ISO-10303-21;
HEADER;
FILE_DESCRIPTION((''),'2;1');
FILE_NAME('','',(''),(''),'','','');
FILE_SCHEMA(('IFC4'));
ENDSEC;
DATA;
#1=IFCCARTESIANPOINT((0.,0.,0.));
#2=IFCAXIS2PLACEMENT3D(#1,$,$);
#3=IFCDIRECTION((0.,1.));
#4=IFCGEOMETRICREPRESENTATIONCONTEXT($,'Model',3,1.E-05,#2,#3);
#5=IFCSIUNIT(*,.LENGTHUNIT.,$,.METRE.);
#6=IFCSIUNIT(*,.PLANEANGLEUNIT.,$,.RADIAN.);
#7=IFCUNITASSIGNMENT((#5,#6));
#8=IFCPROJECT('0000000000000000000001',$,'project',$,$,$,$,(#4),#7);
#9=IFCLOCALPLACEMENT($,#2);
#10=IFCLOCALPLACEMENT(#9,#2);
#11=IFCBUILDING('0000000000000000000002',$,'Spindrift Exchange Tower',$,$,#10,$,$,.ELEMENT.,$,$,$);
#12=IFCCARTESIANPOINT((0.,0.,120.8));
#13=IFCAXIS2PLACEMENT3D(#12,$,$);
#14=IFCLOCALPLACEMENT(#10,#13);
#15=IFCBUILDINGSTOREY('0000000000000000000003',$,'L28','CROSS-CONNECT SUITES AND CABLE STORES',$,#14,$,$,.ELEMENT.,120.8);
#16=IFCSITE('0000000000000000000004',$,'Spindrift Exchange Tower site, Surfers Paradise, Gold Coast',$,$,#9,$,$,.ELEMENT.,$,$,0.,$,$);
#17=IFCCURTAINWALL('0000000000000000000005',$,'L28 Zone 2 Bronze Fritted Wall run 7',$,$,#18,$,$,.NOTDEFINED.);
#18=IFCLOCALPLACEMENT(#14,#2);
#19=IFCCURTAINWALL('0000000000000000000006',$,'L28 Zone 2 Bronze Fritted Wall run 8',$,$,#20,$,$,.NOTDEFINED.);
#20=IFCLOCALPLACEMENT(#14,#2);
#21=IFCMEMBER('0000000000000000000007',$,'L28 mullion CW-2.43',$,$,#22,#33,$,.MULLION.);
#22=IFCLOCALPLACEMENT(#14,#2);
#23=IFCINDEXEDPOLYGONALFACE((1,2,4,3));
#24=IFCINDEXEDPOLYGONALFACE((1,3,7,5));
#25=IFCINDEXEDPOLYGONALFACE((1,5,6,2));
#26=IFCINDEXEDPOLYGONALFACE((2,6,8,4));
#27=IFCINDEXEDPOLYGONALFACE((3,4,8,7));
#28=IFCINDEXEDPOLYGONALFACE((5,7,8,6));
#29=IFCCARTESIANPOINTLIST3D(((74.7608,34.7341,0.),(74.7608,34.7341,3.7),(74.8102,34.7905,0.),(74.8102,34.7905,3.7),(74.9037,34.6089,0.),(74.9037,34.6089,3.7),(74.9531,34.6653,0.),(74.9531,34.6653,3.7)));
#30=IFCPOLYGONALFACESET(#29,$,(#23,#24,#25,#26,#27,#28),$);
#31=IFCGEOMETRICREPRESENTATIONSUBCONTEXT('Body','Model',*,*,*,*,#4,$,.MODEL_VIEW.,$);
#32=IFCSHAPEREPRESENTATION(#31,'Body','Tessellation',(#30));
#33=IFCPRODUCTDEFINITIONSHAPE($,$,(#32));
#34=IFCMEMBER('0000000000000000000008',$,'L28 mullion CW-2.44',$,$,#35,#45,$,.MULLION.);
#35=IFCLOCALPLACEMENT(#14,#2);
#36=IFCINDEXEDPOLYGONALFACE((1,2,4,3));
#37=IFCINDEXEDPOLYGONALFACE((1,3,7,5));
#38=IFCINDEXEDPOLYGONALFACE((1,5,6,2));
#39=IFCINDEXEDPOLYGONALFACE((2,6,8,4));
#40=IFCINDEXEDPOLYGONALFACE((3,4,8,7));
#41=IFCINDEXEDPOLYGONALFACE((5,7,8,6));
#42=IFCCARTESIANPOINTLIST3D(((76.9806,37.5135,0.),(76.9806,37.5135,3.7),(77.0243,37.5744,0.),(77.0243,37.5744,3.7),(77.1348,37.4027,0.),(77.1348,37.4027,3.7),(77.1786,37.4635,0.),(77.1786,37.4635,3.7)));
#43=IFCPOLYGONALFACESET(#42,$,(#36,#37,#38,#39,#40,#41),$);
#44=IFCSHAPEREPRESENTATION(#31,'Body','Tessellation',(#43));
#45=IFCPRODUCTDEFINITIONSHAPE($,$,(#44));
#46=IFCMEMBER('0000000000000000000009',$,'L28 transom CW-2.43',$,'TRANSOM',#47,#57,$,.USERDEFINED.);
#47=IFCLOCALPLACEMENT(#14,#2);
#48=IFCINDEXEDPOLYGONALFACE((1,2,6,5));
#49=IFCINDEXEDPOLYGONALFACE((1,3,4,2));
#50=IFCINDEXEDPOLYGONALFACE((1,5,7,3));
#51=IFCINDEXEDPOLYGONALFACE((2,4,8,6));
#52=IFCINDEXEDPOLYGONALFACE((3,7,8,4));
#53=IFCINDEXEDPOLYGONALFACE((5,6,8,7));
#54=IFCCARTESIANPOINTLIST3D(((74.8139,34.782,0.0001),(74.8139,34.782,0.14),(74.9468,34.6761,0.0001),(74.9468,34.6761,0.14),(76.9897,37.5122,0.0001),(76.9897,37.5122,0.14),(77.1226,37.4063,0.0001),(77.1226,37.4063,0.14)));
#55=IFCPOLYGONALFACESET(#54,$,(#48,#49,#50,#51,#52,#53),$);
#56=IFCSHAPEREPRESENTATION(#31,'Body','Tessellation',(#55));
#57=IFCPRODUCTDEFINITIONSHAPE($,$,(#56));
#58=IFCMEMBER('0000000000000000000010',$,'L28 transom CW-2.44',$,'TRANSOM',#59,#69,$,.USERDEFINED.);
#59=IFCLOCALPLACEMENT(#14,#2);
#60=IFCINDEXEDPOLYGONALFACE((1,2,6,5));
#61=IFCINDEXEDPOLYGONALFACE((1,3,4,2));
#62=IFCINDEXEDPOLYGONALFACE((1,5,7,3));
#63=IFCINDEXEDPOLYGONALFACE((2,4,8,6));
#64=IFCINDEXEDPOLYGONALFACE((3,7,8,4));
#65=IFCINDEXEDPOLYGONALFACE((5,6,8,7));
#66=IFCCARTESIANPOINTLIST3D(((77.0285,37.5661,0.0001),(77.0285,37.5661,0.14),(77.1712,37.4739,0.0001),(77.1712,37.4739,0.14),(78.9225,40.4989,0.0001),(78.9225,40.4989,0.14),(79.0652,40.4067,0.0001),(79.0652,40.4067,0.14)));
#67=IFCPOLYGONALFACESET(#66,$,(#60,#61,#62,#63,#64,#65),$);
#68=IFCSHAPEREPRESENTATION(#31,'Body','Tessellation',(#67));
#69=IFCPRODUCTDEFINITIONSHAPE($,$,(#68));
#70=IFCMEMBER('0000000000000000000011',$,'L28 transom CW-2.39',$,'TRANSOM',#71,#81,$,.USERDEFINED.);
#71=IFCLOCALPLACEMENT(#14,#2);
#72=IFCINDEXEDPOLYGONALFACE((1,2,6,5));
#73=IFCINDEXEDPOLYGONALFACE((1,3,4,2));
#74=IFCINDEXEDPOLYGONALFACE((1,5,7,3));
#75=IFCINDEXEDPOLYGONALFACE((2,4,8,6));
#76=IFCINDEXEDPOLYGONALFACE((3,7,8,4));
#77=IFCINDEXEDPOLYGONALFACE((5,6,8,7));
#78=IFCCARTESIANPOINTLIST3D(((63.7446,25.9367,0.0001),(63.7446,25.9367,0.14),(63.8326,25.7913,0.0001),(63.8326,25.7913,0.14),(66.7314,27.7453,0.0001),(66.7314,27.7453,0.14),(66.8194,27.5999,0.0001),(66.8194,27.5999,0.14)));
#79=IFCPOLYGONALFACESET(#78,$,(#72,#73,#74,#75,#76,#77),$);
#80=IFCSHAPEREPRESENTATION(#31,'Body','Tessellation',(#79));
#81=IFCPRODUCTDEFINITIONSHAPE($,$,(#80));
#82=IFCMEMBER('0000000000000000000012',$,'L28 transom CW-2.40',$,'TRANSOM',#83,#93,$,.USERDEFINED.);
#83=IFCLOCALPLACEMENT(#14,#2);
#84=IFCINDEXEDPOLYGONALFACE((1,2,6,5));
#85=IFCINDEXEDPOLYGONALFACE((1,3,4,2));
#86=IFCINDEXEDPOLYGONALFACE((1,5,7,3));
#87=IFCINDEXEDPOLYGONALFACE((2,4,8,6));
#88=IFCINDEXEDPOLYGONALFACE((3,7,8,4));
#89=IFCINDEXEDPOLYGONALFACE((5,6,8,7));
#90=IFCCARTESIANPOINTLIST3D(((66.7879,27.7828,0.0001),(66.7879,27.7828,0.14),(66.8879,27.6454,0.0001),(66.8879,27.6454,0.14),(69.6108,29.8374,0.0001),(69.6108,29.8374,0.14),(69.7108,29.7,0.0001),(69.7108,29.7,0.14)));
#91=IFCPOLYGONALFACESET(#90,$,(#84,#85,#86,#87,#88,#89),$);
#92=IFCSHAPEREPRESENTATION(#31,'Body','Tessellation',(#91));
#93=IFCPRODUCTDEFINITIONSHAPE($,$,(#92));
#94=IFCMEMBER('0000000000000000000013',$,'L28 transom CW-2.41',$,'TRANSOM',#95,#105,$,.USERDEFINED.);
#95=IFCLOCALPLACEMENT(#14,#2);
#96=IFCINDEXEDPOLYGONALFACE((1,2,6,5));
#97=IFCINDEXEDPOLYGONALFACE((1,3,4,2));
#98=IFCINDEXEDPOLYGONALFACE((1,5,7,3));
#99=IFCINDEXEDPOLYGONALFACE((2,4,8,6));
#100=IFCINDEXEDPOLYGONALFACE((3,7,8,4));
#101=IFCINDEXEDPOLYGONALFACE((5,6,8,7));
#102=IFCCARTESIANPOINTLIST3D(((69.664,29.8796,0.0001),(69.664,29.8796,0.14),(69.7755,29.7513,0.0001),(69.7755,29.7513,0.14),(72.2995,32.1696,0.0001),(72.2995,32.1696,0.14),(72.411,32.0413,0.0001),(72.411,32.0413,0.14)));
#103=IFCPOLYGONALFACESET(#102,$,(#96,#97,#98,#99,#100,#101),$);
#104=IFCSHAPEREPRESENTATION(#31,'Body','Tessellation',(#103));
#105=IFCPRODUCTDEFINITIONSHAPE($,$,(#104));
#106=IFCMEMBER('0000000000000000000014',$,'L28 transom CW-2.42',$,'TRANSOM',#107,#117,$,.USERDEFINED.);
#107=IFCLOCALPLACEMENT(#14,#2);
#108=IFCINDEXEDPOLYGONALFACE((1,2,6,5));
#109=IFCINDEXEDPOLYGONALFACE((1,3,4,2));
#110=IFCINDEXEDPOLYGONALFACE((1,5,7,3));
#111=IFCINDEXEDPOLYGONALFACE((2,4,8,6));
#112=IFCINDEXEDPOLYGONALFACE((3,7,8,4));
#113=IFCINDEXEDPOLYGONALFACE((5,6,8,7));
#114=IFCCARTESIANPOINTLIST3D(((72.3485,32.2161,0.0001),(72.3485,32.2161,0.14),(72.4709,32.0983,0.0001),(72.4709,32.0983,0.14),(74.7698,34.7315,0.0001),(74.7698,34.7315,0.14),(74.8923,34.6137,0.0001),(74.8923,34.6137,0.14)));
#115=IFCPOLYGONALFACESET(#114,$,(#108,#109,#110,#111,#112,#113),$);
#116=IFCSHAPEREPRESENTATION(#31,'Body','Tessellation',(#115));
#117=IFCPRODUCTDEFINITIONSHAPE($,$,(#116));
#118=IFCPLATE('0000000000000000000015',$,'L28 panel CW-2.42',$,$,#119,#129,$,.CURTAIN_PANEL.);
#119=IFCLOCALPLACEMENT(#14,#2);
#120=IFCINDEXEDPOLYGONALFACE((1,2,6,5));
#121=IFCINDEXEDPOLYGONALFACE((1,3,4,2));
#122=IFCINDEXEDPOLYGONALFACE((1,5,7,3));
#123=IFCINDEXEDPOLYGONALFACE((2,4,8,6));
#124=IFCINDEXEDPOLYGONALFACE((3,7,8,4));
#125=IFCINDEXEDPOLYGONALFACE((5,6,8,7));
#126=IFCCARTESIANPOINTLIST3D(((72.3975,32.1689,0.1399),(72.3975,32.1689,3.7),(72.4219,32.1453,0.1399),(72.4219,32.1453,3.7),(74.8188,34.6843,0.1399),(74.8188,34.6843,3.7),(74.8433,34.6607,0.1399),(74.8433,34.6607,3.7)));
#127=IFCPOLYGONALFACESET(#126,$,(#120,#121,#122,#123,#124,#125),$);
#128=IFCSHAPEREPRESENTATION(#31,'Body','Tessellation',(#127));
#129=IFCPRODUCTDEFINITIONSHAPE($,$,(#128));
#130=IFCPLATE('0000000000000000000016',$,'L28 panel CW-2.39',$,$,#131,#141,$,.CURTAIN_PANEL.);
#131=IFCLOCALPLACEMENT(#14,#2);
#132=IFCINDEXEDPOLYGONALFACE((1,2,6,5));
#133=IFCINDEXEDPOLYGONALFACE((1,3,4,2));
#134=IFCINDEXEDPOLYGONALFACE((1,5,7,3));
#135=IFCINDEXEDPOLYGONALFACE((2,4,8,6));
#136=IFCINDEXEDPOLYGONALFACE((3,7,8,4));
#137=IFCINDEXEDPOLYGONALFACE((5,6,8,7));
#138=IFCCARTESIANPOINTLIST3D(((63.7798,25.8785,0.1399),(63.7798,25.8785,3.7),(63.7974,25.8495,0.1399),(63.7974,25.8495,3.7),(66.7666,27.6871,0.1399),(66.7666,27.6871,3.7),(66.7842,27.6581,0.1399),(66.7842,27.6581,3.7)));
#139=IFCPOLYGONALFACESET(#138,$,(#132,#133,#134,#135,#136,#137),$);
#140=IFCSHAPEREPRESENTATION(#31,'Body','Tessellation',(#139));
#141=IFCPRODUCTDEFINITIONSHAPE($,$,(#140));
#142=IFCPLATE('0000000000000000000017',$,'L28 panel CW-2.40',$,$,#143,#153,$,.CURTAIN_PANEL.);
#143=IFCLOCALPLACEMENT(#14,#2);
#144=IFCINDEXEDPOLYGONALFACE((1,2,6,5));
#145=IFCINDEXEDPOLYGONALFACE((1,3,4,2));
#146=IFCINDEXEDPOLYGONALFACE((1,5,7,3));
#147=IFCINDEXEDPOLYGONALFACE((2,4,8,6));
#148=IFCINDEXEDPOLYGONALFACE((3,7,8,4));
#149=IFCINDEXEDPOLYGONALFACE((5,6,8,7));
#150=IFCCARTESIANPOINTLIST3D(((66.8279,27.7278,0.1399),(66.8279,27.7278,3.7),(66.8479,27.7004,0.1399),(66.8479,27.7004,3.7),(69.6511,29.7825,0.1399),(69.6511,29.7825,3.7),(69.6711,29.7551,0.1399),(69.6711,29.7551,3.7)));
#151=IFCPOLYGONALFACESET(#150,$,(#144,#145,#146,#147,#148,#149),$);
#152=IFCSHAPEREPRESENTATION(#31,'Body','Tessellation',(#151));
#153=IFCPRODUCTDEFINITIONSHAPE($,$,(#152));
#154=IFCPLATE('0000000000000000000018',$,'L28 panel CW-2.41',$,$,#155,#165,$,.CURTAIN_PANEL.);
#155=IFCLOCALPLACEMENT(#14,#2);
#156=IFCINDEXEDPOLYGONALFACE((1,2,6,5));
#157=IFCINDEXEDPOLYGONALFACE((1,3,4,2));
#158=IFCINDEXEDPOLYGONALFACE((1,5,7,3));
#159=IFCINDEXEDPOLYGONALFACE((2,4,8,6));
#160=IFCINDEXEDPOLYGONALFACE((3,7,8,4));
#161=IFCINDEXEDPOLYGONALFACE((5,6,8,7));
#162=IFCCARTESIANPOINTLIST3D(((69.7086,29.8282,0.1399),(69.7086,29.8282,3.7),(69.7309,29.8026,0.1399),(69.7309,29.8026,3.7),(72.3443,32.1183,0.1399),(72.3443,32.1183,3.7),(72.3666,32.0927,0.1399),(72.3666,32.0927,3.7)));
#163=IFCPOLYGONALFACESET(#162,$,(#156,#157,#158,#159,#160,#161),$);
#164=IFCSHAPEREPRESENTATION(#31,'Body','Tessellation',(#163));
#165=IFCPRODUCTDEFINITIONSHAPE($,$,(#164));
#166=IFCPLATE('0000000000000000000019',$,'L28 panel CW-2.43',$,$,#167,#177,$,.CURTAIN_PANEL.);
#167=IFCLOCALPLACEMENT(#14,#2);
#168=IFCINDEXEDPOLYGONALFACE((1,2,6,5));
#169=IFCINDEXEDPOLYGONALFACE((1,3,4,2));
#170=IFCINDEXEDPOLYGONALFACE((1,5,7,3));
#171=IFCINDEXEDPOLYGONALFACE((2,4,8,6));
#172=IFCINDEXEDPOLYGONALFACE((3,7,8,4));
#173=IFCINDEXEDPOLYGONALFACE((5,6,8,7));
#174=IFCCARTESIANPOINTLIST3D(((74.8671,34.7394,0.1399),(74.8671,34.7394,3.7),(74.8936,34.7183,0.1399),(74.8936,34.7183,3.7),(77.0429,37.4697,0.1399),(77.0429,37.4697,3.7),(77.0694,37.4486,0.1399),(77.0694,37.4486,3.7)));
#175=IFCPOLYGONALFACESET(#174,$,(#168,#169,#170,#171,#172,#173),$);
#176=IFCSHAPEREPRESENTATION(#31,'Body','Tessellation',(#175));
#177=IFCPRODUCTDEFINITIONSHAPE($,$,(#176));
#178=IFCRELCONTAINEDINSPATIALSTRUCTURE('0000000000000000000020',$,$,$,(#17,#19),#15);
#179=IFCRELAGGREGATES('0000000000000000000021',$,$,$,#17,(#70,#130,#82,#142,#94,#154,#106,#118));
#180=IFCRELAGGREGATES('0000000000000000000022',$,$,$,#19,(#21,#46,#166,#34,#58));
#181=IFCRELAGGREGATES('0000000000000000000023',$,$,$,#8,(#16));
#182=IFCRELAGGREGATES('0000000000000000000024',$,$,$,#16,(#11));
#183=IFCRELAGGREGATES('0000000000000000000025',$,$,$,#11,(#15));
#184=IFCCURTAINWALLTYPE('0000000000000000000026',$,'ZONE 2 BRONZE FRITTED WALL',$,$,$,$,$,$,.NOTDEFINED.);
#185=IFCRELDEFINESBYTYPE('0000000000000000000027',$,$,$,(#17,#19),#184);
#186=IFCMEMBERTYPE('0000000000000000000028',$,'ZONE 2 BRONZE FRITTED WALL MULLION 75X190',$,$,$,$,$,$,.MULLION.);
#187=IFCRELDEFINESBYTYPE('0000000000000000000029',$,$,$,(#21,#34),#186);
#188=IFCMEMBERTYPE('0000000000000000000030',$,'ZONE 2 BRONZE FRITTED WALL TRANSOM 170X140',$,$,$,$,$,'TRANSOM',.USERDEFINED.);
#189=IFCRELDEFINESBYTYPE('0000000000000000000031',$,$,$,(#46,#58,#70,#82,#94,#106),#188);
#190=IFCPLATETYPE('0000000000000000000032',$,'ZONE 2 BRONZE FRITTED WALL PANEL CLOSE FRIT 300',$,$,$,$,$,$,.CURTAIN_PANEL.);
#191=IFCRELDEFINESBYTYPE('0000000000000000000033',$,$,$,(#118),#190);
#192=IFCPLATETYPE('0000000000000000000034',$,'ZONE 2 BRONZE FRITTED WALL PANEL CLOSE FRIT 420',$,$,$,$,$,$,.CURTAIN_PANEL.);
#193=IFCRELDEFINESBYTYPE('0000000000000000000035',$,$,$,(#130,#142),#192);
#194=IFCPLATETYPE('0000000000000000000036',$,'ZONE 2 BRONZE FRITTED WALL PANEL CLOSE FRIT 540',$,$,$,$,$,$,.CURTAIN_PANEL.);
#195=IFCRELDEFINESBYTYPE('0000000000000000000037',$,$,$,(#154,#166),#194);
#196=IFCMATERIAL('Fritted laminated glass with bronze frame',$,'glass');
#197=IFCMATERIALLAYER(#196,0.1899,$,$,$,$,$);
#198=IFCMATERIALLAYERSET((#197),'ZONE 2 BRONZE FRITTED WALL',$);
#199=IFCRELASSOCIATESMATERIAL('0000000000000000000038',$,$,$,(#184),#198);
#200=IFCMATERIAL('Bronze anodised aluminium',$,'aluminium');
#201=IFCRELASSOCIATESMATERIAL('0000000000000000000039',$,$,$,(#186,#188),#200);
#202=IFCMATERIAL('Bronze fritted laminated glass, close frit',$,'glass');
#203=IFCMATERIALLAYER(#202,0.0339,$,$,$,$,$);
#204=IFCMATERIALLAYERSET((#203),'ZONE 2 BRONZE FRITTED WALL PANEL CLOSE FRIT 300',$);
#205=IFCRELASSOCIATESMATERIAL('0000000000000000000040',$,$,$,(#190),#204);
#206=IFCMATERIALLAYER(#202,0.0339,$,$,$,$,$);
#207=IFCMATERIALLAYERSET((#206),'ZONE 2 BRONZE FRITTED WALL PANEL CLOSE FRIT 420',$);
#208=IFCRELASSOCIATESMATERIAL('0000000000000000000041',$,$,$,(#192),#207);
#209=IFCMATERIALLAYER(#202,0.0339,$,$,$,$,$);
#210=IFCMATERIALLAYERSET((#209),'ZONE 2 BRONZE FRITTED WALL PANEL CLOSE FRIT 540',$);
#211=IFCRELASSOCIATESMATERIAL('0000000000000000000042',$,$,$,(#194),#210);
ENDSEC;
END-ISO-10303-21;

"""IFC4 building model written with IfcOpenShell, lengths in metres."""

from ifc_helpers import new_model, si_unit, direction, frame, origin, origin_2d, place, context, subcontext, project, spatial, rectangle, extrude, source, transform, mapped, material, layer, layer_set, material_profile, profile_set, type_object, element, aggregate, save


model = new_model("IFC4")

# Units and contexts
model_context = context("Model", 3, precision=1e-05, world=origin(), true_north=direction((0.0, 1.0)))
body_context = subcontext(model_context, "Body", "Model", "MODEL_VIEW")
ifc_project = project(units=[si_unit("LENGTHUNIT", "METRE"), si_unit("PLANEANGLEUNIT", "RADIAN")], contexts=[model_context])

# Site, building, storey
site_placement = place(None, origin())
site = spatial("IfcSite", under=ifc_project, at=site_placement, Name="Spindrift Exchange Tower site, Surfers Paradise, Gold Coast", CompositionType="ELEMENT", RefElevation=0.0)
building_placement = place(site_placement, origin())
building = spatial("IfcBuilding", under=site, at=building_placement, Name="Spindrift Exchange Tower", CompositionType="ELEMENT")
storey_placement = place(building_placement, frame((0.0, 0.0, 120.8)))
storey = spatial("IfcBuildingStorey", under=building, at=storey_placement, Name="L28", Description="CROSS-CONNECT SUITES AND CABLE STORES", CompositionType="ELEMENT", Elevation=120.8)

# Curtain walls, members
ifc_material_1 = material(Name="Fritted laminated glass with bronze frame", Category="glass")
ifc_layer_1 = layer(ifc_material_1, 0.1899)
ifc_layer_set_1 = layer_set([ifc_layer_1], Name="ZONE 2 BRONZE FRITTED WALL")
curtain_wall_type = type_object("IfcCurtainWallType", Name="ZONE 2 BRONZE FRITTED WALL", PredefinedType="NOTDEFINED", material=ifc_layer_set_1)
curtain_wall_1_placement = place(storey_placement, origin())
curtain_wall_1 = element("IfcCurtainWall", 1, at=curtain_wall_1_placement, inside=storey, type_object=curtain_wall_type, Name="L28 Zone 2 Bronze Fritted Wall run 7", PredefinedType="NOTDEFINED")
ifc_material_2 = material(Name="Bronze anodised aluminium", Category="aluminium")
ifc_material_profile_1 = material_profile(ifc_material_2, rectangle(XDim=0.075, YDim=0.1899, at=origin_2d()), Name="ZONE 2 BRONZE FRITTED WALL MULLION 75X190")
ifc_profile_set_1 = profile_set([ifc_material_profile_1], Name="Bronze anodised aluminium")
member_type_1 = type_object("IfcMemberType", Name="ZONE 2 BRONZE FRITTED WALL MULLION 75X190", PredefinedType="MULLION", material=ifc_profile_set_1)
shared_shape_1 = source(origin(), body_context, "Body", "SweptSolid", [
    extrude(rectangle(XDim=0.075, YDim=0.1899, at=origin_2d()), origin(), (0.0, 0.0, 1.0), 3.7),
])
curtain_wall_2_placement = place(storey_placement, origin())
curtain_wall_2 = element("IfcCurtainWall", 2, at=curtain_wall_2_placement, inside=storey, type_object=curtain_wall_type, Name="L28 Zone 2 Bronze Fritted Wall run 8", PredefinedType="NOTDEFINED")
member_1_placement = place(storey_placement, frame((74.8569, 34.6997, 0.0), z_axis=(0.0, 0.0, 1.0), x_axis=(0.659085, 0.752069, 0.0)))
member_1 = element("IfcMember", 3, at=member_1_placement, type_object=member_type_1, Name="L28 mullion CW-2.43", PredefinedType="MULLION", context=body_context, shape_type="MappedRepresentation", body=[
    mapped(shared_shape_1, transform((0.0, 0.0, 0.0), scale=1.0)),
])
member_2_placement = place(storey_placement, frame((77.0796, 37.4885, 0.0), z_axis=(0.0, 0.0, 1.0), x_axis=(0.583587, 0.812051, 0.0)))
member_2 = element("IfcMember", 4, at=member_2_placement, type_object=member_type_1, Name="L28 mullion CW-2.44", PredefinedType="MULLION", context=body_context, shape_type="MappedRepresentation", body=[
    mapped(shared_shape_1, transform((0.0, 0.0, 0.0), scale=1.0)),
])
ifc_material_profile_2 = material_profile(ifc_material_2, rectangle(XDim=0.1699, YDim=0.1399, at=origin_2d()), Name="ZONE 2 BRONZE FRITTED WALL TRANSOM 170X140")
ifc_profile_set_2 = profile_set([ifc_material_profile_2], Name="Bronze anodised aluminium")
member_type_2 = type_object("IfcMemberType", Name="ZONE 2 BRONZE FRITTED WALL TRANSOM 170X140", ElementType="TRANSOM", PredefinedType="USERDEFINED", material=ifc_profile_set_2)
shared_shape_2 = source(origin(), body_context, "Body", "SweptSolid", [
    extrude(rectangle(XDim=0.1699, YDim=0.1399, at=origin_2d()), origin(), (0.0, 0.0, 1.0), 3.4912),
])
member_3_placement = place(storey_placement, frame((74.8804, 34.729, 0.0701), z_axis=(0.623227, 0.782041, 0.0), x_axis=(-0.782041, 0.623227, 0.0)))
member_3 = element("IfcMember", 5, at=member_3_placement, type_object=member_type_2, Name="L28 transom CW-2.43", ObjectType="TRANSOM", PredefinedType="USERDEFINED", context=body_context, shape_type="MappedRepresentation", body=[
    mapped(shared_shape_2, transform((0.0, 0.0, 0.0), scale=1.0)),
])
member_4_placement = place(storey_placement, frame((77.0999, 37.52, 0.0701), z_axis=(0.542506, 0.840052, 0.0), x_axis=(-0.840052, 0.542506, 0.0)))
member_4 = element("IfcMember", 6, at=member_4_placement, type_object=member_type_2, Name="L28 transom CW-2.44", ObjectType="TRANSOM", PredefinedType="USERDEFINED", context=body_context, shape_type="MappedRepresentation", body=[
    mapped(shared_shape_2, transform((0.0, 0.0, 0.0), scale=1.0)),
])

# Members
shared_shape_3 = source(origin(), body_context, "Body", "SweptSolid", [
    extrude(rectangle(XDim=0.1699, YDim=0.1399, at=origin_2d()), origin(), (0.0, 0.0, 1.0), 3.4917),
])
member_5_placement = place(storey_placement, frame((63.7886, 25.864, 0.0701), z_axis=(0.855401, 0.517967, 0.0), x_axis=(-0.517967, 0.855401, 0.0)))
member_5 = element("IfcMember", 7, at=member_5_placement, type_object=member_type_2, Name="L28 transom CW-2.39", ObjectType="TRANSOM", PredefinedType="USERDEFINED", context=body_context, shape_type="MappedRepresentation", body=[
    mapped(shared_shape_3, transform((0.0, 0.0, 0.0), scale=1.0)),
])
shared_shape_4 = source(origin(), body_context, "Body", "SweptSolid", [
    extrude(rectangle(XDim=0.1699, YDim=0.1399, at=origin_2d()), origin(), (0.0, 0.0, 1.0), 3.4915),
])
member_6_placement = place(storey_placement, frame((66.8379, 27.7141, 0.0701), z_axis=(0.808518, 0.588471, 0.0), x_axis=(-0.588471, 0.808518, 0.0)))
member_6 = element("IfcMember", 8, at=member_6_placement, type_object=member_type_2, Name="L28 transom CW-2.40", ObjectType="TRANSOM", PredefinedType="USERDEFINED", context=body_context, shape_type="MappedRepresentation", body=[
    mapped(shared_shape_4, transform((0.0, 0.0, 0.0), scale=1.0)),
])
member_7_placement = place(storey_placement, frame((69.7197, 29.8154, 0.0701), z_axis=(0.754846, 0.655902, 0.0), x_axis=(-0.655902, 0.754846, 0.0)))
member_7 = element("IfcMember", 9, at=member_7_placement, type_object=member_type_2, Name="L28 transom CW-2.41", ObjectType="TRANSOM", PredefinedType="USERDEFINED", context=body_context, shape_type="MappedRepresentation", body=[
    mapped(shared_shape_4, transform((0.0, 0.0, 0.0), scale=1.0)),
])
member_8_placement = place(storey_placement, frame((72.4097, 32.1572, 0.0701), z_axis=(0.693518, 0.720439, 0.0), x_axis=(-0.720439, 0.693518, 0.0)))
member_8 = element("IfcMember", 10, at=member_8_placement, type_object=member_type_2, Name="L28 transom CW-2.42", ObjectType="TRANSOM", PredefinedType="USERDEFINED", context=body_context, shape_type="MappedRepresentation", body=[
    mapped(shared_shape_4, transform((0.0, 0.0, 0.0), scale=1.0)),
])

# Plates
ifc_material_3 = material(Name="Bronze fritted laminated glass, close frit", Category="glass")
ifc_layer_2 = layer(ifc_material_3, 0.0339)
ifc_layer_set_2 = layer_set([ifc_layer_2], Name="ZONE 2 BRONZE FRITTED WALL PANEL CLOSE FRIT 300")
plate_type_1 = type_object("IfcPlateType", Name="ZONE 2 BRONZE FRITTED WALL PANEL CLOSE FRIT 300", PredefinedType="CURTAIN_PANEL", material=ifc_layer_set_2)
shared_shape_5 = source(origin(), body_context, "Body", "SweptSolid", [
    extrude(rectangle(XDim=3.4915, YDim=0.0339, at=origin_2d()), origin(), (0.0, 0.0, 1.0), 3.5601),
])
plate_1_placement = place(storey_placement, frame((73.6204, 33.4148, 0.1399), z_axis=(0.0, 0.0, 1.0), x_axis=(0.693506, 0.720451, 0.0)))
plate_1 = element("IfcPlate", 11, at=plate_1_placement, type_object=plate_type_1, Name="L28 panel CW-2.42", PredefinedType="CURTAIN_PANEL", context=body_context, shape_type="MappedRepresentation", body=[
    mapped(shared_shape_5, transform((0.0, 0.0, 0.0), scale=1.0)),
])
ifc_layer_3 = layer(ifc_material_3, 0.0339)
ifc_layer_set_3 = layer_set([ifc_layer_3], Name="ZONE 2 BRONZE FRITTED WALL PANEL CLOSE FRIT 420")
plate_type_2 = type_object("IfcPlateType", Name="ZONE 2 BRONZE FRITTED WALL PANEL CLOSE FRIT 420", PredefinedType="CURTAIN_PANEL", material=ifc_layer_set_3)
shared_shape_6 = source(origin(), body_context, "Body", "SweptSolid", [
    extrude(rectangle(XDim=3.4917, YDim=0.0339, at=origin_2d()), origin(), (0.0, 0.0, 1.0), 3.5601),
])
plate_2_placement = place(storey_placement, frame((65.282, 26.7683, 0.1399), z_axis=(0.0, 0.0, 1.0), x_axis=(0.8554, 0.517967, 0.0)))
plate_2 = element("IfcPlate", 12, at=plate_2_placement, type_object=plate_type_2, Name="L28 panel CW-2.39", PredefinedType="CURTAIN_PANEL", context=body_context, shape_type="MappedRepresentation", body=[
    mapped(shared_shape_6, transform((0.0, 0.0, 0.0), scale=1.0)),
])
plate_3_placement = place(storey_placement, frame((68.2495, 28.7415, 0.1399), z_axis=(0.0, 0.0, 1.0), x_axis=(0.808538, 0.588444, 0.0)))
plate_3 = element("IfcPlate", 13, at=plate_3_placement, type_object=plate_type_2, Name="L28 panel CW-2.40", PredefinedType="CURTAIN_PANEL", context=body_context, shape_type="MappedRepresentation", body=[
    mapped(shared_shape_6, transform((0.0, 0.0, 0.0), scale=1.0)),
])
ifc_layer_4 = layer(ifc_material_3, 0.0339)
ifc_layer_set_4 = layer_set([ifc_layer_4], Name="ZONE 2 BRONZE FRITTED WALL PANEL CLOSE FRIT 540")
plate_type_3 = type_object("IfcPlateType", Name="ZONE 2 BRONZE FRITTED WALL PANEL CLOSE FRIT 540", PredefinedType="CURTAIN_PANEL", material=ifc_layer_set_4)
shared_shape_7 = source(origin(), body_context, "Body", "SweptSolid", [
    extrude(rectangle(XDim=3.4917, YDim=0.0339, at=origin_2d()), origin(), (0.0, 0.0, 1.0), 3.5601),
])
plate_4_placement = place(storey_placement, frame((71.0376, 30.9604, 0.1399), z_axis=(0.0, 0.0, 1.0), x_axis=(0.75486, 0.655886, 0.0)))
plate_4 = element("IfcPlate", 14, at=plate_4_placement, type_object=plate_type_3, Name="L28 panel CW-2.41", PredefinedType="CURTAIN_PANEL", context=body_context, shape_type="MappedRepresentation", body=[
    mapped(shared_shape_7, transform((0.0, 0.0, 0.0), scale=1.0)),
])
aggregate(curtain_wall_1, [member_5, plate_2, member_6, plate_3, member_7, plate_4, member_8, plate_1])
shared_shape_8 = source(origin(), body_context, "Body", "SweptSolid", [
    extrude(rectangle(XDim=3.4912, YDim=0.0339, at=origin_2d()), origin(), (0.0, 0.0, 1.0), 3.5601),
])
plate_5_placement = place(storey_placement, frame((75.9683, 36.094, 0.1399), z_axis=(0.0, 0.0, 1.0), x_axis=(0.623223, 0.782044, 0.0)))
plate_5 = element("IfcPlate", 15, at=plate_5_placement, type_object=plate_type_3, Name="L28 panel CW-2.43", PredefinedType="CURTAIN_PANEL", context=body_context, shape_type="MappedRepresentation", body=[
    mapped(shared_shape_8, transform((0.0, 0.0, 0.0), scale=1.0)),
])
aggregate(curtain_wall_2, [member_1, member_3, plate_5, member_2, member_4])

save(model, "model.ifc")
